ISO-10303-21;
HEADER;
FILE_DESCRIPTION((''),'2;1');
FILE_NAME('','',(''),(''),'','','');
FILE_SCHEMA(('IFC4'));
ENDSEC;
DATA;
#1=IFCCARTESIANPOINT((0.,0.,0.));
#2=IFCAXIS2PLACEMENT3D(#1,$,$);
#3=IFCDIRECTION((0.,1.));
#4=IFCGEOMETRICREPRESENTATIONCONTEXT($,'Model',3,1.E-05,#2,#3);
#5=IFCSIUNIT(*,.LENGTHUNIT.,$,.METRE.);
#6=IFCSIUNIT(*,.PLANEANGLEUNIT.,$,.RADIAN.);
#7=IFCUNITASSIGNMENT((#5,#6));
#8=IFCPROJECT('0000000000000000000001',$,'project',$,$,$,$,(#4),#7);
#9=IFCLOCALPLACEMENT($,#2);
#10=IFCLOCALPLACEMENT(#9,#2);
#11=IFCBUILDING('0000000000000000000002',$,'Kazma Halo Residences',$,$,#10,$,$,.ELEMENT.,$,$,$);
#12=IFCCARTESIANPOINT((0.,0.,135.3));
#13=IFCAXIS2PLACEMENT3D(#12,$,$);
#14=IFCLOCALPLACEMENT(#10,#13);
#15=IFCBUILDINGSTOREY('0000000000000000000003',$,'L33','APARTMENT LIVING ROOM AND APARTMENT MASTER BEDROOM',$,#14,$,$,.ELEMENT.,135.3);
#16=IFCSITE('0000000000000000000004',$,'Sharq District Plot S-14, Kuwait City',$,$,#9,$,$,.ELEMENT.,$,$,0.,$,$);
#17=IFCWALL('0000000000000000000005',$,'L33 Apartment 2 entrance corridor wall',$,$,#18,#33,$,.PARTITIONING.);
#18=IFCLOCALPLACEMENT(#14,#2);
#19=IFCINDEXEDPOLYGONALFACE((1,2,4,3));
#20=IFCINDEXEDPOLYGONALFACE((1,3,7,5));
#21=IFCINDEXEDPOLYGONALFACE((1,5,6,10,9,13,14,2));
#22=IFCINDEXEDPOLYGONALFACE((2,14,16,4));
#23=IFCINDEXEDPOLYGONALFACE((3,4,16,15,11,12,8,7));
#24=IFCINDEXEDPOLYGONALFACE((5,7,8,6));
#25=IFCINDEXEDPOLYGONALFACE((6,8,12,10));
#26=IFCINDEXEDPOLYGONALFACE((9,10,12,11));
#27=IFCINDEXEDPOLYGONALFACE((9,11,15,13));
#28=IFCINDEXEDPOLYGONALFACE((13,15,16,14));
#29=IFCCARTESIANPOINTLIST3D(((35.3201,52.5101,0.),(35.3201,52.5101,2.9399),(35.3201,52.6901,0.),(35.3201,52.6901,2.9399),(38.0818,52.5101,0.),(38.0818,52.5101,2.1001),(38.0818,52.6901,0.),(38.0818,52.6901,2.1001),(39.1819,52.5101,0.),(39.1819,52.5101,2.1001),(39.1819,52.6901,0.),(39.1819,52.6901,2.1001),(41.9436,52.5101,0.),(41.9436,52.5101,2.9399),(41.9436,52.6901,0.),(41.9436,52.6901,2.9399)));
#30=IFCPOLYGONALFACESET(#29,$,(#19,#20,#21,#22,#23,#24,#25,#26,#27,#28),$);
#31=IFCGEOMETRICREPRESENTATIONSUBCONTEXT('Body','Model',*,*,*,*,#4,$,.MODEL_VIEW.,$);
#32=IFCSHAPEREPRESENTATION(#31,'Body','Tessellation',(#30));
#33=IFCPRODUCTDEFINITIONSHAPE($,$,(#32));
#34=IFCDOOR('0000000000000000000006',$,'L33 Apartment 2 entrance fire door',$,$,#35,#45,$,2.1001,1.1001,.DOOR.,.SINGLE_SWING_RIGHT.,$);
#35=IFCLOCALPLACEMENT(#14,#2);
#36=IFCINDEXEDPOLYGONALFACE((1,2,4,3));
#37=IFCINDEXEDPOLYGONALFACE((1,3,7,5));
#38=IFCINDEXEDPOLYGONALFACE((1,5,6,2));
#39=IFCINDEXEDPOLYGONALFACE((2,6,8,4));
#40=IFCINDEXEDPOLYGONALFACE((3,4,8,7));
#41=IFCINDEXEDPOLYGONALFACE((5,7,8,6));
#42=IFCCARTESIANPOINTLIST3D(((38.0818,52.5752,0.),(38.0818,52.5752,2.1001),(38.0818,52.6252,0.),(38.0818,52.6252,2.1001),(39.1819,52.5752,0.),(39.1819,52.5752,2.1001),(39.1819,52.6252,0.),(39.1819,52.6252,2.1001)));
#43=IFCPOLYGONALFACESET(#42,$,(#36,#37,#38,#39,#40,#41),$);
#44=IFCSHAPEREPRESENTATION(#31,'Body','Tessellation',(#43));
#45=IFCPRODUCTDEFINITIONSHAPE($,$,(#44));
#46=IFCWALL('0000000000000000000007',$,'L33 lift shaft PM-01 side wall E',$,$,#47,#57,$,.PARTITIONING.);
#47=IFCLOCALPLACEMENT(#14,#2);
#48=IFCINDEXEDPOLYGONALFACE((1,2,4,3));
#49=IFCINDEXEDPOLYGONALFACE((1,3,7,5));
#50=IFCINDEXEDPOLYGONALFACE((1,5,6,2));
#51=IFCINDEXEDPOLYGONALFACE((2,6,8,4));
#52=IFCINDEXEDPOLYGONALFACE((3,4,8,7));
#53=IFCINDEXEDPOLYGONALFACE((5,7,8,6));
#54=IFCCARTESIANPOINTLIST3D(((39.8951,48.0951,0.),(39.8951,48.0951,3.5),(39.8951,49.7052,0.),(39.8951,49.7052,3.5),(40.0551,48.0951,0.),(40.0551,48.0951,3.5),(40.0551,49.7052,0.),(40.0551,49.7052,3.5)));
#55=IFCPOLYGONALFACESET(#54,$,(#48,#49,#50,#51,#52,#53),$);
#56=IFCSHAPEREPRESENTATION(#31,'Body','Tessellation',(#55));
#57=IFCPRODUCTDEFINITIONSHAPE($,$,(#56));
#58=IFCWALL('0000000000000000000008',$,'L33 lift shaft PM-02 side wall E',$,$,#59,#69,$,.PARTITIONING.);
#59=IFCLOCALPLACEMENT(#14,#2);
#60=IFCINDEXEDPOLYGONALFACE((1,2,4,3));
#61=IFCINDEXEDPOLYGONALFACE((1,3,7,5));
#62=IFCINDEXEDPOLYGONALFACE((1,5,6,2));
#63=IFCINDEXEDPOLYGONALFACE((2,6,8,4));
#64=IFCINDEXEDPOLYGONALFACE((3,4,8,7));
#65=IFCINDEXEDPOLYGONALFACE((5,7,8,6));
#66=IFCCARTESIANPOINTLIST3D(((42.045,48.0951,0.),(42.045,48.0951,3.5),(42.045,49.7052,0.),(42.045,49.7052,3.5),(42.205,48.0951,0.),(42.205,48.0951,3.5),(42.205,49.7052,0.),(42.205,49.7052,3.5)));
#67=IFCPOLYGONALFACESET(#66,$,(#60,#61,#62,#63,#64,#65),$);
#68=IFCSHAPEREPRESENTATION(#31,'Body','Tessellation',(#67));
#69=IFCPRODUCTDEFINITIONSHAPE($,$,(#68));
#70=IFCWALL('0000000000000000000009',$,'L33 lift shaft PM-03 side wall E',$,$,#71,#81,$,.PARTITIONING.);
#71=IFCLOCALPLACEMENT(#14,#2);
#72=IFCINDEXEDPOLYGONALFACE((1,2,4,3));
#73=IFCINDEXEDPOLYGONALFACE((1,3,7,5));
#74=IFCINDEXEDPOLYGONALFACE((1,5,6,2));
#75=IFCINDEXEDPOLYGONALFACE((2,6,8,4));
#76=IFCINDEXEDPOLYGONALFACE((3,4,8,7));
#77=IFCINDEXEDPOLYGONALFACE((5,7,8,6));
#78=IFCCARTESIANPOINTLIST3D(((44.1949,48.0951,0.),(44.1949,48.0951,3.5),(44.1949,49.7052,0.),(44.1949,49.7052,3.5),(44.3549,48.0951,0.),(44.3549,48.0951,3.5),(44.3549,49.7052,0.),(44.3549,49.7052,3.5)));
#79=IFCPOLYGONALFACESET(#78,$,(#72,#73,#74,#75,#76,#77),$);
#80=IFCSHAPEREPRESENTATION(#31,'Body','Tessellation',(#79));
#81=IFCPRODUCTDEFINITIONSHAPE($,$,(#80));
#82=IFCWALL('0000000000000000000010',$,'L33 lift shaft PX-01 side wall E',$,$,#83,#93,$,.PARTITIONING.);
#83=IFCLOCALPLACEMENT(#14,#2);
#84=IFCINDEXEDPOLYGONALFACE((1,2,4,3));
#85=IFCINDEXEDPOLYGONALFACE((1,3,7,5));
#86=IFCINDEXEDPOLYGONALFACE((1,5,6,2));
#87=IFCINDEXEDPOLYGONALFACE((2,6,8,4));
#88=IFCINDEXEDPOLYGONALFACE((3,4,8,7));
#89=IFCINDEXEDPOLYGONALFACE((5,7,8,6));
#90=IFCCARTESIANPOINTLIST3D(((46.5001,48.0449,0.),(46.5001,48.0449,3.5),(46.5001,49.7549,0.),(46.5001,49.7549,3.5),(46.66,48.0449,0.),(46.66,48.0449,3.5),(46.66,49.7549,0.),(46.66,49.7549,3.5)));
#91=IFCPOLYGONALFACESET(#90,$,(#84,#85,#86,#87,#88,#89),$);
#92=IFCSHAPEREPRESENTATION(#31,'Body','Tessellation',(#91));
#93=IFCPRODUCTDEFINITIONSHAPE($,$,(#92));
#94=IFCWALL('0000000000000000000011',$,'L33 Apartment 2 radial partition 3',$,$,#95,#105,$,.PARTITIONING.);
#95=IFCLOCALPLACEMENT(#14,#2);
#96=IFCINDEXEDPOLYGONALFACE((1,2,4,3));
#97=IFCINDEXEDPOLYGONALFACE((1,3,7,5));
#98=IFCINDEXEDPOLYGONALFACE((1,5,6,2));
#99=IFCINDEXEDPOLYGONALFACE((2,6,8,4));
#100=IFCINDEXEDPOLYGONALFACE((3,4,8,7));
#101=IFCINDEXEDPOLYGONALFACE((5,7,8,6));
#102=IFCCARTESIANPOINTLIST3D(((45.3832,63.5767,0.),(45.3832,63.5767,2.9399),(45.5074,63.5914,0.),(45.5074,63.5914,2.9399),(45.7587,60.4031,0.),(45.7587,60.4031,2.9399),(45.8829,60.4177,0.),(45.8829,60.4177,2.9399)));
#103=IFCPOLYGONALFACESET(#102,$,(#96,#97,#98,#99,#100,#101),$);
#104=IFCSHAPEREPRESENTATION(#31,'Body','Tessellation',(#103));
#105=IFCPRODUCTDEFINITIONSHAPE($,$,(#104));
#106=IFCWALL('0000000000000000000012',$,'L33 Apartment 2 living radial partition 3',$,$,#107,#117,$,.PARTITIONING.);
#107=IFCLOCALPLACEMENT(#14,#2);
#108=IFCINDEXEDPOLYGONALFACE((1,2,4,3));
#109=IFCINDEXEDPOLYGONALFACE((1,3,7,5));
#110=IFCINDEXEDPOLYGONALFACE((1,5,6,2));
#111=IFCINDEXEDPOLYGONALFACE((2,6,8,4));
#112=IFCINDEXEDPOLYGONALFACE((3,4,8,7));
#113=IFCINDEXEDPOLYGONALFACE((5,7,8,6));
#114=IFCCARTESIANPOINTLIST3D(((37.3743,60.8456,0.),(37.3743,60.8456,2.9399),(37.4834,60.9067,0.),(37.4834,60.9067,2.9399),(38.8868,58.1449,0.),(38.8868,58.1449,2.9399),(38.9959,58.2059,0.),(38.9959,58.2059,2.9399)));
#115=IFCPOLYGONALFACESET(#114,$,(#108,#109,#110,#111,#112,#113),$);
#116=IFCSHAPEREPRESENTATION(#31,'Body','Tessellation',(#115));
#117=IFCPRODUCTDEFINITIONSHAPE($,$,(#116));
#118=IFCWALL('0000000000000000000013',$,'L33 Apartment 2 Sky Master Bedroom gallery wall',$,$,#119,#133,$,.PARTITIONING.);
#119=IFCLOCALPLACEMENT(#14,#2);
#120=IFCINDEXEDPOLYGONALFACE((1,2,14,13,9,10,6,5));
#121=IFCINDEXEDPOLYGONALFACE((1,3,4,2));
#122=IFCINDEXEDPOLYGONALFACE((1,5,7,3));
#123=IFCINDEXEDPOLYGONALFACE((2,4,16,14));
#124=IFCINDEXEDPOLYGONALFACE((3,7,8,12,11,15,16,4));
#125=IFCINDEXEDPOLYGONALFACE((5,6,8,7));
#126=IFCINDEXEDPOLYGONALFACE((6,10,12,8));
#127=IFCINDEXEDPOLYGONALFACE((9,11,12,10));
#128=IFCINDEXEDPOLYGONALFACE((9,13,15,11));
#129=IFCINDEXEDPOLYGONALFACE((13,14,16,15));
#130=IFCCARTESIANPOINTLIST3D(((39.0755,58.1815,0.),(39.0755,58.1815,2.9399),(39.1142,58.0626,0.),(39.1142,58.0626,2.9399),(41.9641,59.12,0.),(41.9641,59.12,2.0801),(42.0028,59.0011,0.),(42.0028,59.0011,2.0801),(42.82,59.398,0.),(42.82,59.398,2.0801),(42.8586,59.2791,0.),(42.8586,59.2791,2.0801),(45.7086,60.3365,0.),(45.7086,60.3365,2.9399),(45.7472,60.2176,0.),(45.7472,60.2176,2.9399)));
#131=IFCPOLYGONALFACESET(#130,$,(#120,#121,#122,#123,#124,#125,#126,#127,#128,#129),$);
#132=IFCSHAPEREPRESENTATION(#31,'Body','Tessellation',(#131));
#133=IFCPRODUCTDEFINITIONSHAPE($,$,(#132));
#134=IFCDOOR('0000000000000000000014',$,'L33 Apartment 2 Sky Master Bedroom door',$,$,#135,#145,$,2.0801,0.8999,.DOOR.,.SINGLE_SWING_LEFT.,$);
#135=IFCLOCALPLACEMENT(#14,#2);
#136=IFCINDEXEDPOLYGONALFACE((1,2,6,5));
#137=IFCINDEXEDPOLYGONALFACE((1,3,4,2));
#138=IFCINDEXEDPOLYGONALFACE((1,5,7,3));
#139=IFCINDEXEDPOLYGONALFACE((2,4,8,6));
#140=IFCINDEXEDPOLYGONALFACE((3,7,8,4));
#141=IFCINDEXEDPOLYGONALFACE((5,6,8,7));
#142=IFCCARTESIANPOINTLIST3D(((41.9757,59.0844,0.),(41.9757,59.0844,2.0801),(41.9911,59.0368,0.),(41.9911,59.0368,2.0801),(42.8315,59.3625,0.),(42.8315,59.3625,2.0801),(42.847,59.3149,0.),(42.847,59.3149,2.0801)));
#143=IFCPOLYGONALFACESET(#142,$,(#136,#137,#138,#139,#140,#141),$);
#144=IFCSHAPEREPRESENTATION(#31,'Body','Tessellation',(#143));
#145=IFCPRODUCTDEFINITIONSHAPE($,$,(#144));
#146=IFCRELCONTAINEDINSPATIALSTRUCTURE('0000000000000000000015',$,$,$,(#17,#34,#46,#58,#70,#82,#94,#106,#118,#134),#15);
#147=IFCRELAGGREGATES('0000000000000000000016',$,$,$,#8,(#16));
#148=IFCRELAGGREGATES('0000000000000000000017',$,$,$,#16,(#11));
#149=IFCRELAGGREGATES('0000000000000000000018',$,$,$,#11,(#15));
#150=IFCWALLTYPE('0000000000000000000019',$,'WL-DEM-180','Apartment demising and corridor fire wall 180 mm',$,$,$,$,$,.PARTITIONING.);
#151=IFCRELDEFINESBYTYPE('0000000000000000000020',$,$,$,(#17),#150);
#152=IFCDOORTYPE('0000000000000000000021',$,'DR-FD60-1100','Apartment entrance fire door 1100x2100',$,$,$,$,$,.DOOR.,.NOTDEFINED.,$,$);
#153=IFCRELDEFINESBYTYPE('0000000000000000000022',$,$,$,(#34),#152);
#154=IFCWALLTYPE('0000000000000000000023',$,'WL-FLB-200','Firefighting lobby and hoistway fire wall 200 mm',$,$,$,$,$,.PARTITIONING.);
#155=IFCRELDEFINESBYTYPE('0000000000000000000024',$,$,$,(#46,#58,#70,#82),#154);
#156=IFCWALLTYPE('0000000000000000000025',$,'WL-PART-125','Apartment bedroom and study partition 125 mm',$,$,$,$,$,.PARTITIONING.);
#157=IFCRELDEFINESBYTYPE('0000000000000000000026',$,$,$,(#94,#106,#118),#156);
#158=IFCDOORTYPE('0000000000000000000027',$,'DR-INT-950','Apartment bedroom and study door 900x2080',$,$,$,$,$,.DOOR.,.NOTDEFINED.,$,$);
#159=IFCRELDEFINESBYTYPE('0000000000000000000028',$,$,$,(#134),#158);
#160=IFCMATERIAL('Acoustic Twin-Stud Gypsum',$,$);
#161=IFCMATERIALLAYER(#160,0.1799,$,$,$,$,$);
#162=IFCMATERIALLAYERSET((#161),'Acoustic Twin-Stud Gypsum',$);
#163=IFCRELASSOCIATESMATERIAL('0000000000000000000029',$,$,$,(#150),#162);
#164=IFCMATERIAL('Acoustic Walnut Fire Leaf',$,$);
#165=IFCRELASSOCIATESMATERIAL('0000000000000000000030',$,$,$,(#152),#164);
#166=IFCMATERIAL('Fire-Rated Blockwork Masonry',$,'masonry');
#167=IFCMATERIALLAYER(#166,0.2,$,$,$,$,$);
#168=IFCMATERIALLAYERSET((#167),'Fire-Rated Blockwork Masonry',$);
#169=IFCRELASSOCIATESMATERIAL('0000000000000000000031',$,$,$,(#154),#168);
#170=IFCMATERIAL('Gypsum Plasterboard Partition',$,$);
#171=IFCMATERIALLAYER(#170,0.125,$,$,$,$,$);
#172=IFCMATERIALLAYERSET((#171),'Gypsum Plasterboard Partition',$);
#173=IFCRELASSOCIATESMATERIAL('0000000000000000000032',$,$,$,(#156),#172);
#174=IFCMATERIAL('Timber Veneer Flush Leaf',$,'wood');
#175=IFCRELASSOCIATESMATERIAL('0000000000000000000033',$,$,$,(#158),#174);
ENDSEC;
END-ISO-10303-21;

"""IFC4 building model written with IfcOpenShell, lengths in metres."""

from ifc_helpers import new_model, si_unit, direction, frame, frame_2d, origin, place, context, subcontext, project, spatial, rectangle, extrude, material, layer, layer_set, type_object, element, fill, save


model = new_model("IFC4")

# Units and contexts
model_context = context("Model", 3, precision=1e-05, world=origin(), true_north=direction((0.0, 1.0)))
body_context = subcontext(model_context, "Body", "Model", "MODEL_VIEW")
ifc_project = project(units=[si_unit("LENGTHUNIT", "METRE"), si_unit("PLANEANGLEUNIT", "RADIAN")], contexts=[model_context])

# Site, building, storey
site_placement = place(None, origin())
site = spatial("IfcSite", under=ifc_project, at=site_placement, Name="Sharq District Plot S-14, Kuwait City", CompositionType="ELEMENT", RefElevation=0.0)
building_placement = place(site_placement, origin())
building = spatial("IfcBuilding", under=site, at=building_placement, Name="Kazma Halo Residences", CompositionType="ELEMENT")
storey_placement = place(building_placement, frame((0.0, 0.0, 135.3)))
storey = spatial("IfcBuildingStorey", under=building, at=storey_placement, Name="L33", Description="APARTMENT LIVING ROOM AND APARTMENT MASTER BEDROOM", CompositionType="ELEMENT", Elevation=135.3)

# Wall, opening, door
ifc_material_1 = material(Name="Acoustic Twin-Stud Gypsum")
ifc_layer_1 = layer(ifc_material_1, 0.1799)
ifc_layer_set_1 = layer_set([ifc_layer_1], Name="Acoustic Twin-Stud Gypsum")
wall_type_1 = type_object("IfcWallType", Name="WL-DEM-180", Description="Apartment demising and corridor fire wall 180 mm", PredefinedType="PARTITIONING", material=ifc_layer_set_1)
wall_1_placement = place(storey_placement, frame((41.9436, 52.6001, 0.0), z_axis=(0.0, 0.0, 1.0), x_axis=(-1.0, 0.0, 0.0)))
wall_1 = element("IfcWall", 1, at=wall_1_placement, inside=storey, type_object=wall_type_1, Name="L33 Apartment 2 entrance corridor wall", PredefinedType="PARTITIONING", context=body_context, shape_type="SweptSolid", body=[
    extrude(rectangle(XDim=6.6235, YDim=0.1799, at=frame_2d((3.3118, 0.0))), origin(), (0.0, 0.0, 1.0), 2.9399),
])
opening_1_placement = place(wall_1_placement, frame((2.7617, 0.0, 0.0)))
opening_1 = element("IfcOpeningElement", 2, at=opening_1_placement, cuts=wall_1, PredefinedType="OPENING", context=body_context, shape_type="SweptSolid", body=[
    extrude(rectangle(XDim=1.1001, YDim=2.1001, at=frame_2d((0.55, 1.05))), frame((0.0, 0.0999, 0.0), z_axis=(0.0, -1.0, 0.0), x_axis=(1.0, 0.0, 0.0)), (0.0, 0.0, 1.0), 0.2),
])
ifc_material_2 = material(Name="Acoustic Walnut Fire Leaf")
door_type_1 = type_object("IfcDoorType", Name="DR-FD60-1100", Description="Apartment entrance fire door 1100x2100", OperationType="NOTDEFINED", PredefinedType="DOOR", material=ifc_material_2)
door_1_placement = place(opening_1_placement, origin())
door_1 = element("IfcDoor", 3, at=door_1_placement, inside=storey, type_object=door_type_1, Name="L33 Apartment 2 entrance fire door", OperationType="SINGLE_SWING_RIGHT", OverallHeight=2.1001, OverallWidth=1.1001, PredefinedType="DOOR", context=body_context, shape_type="SweptSolid", body=[
    extrude(rectangle(XDim=1.1001, YDim=2.1001, at=frame_2d((0.55, 1.05))), frame((0.0, 0.0249, 0.0), z_axis=(0.0, -1.0, 0.0), x_axis=(1.0, 0.0, 0.0)), (0.0, 0.0, 1.0), 0.05),
])
fill(opening_1, door_1)

# Walls
ifc_material_3 = material(Name="Fire-Rated Blockwork Masonry", Category="masonry")
ifc_layer_2 = layer(ifc_material_3, 0.2)
ifc_layer_set_2 = layer_set([ifc_layer_2], Name="Fire-Rated Blockwork Masonry")
wall_type_2 = type_object("IfcWallType", Name="WL-FLB-200", Description="Firefighting lobby and hoistway fire wall 200 mm", PredefinedType="PARTITIONING", material=ifc_layer_set_2)
for number, where, z_axis, x_axis, name in (
    (4, (39.9751, 48.095, 0.0), (0.0, 0.0, 1.0), (0.0, 1.0, 0.0), "L33 lift shaft PM-01 side wall E"),
    (5, (42.125, 48.095, 0.0), (0.0, 0.0, 1.0), (0.0, 1.0, 0.0), "L33 lift shaft PM-02 side wall E"),
    (6, (44.2749, 48.095, 0.0), (0.0, 0.0, 1.0), (0.0, 1.0, 0.0), "L33 lift shaft PM-03 side wall E"),
):
    element("IfcWall", number, at=place(storey_placement, frame(where, z_axis=z_axis, x_axis=x_axis)), inside=storey, type_object=wall_type_2, Name=name, PredefinedType="PARTITIONING", context=body_context, shape_type="SweptSolid", body=[
        extrude(rectangle(XDim=1.6101, YDim=0.1599, at=frame_2d((0.8052, 0.0))), origin(), (0.0, 0.0, 1.0), 3.5),
    ])
wall_2_placement = place(storey_placement, frame((46.5801, 48.0449, 0.0), z_axis=(0.0, 0.0, 1.0), x_axis=(0.0, 1.0, 0.0)))
element("IfcWall", 7, at=wall_2_placement, inside=storey, type_object=wall_type_2, Name="L33 lift shaft PX-01 side wall E", PredefinedType="PARTITIONING", context=body_context, shape_type="SweptSolid", body=[
    extrude(rectangle(XDim=1.71, YDim=0.1599, at=frame_2d((0.855, 0.0))), origin(), (0.0, 0.0, 1.0), 3.5),
])
ifc_material_4 = material(Name="Gypsum Plasterboard Partition")
ifc_layer_3 = layer(ifc_material_4, 0.125)
ifc_layer_set_3 = layer_set([ifc_layer_3], Name="Gypsum Plasterboard Partition")
wall_type_3 = type_object("IfcWallType", Name="WL-PART-125", Description="Apartment bedroom and study partition 125 mm", PredefinedType="PARTITIONING", material=ifc_layer_set_3)
wall_3_placement = place(storey_placement, frame((45.8208, 60.4104, 0.0), z_axis=(0.0, 0.0, 1.0), x_axis=(-0.117497, 0.993073, 0.0)))
element("IfcWall", 8, at=wall_3_placement, inside=storey, type_object=wall_type_3, Name="L33 Apartment 2 radial partition 3", PredefinedType="PARTITIONING", context=body_context, shape_type="SweptSolid", body=[
    extrude(rectangle(XDim=3.1958, YDim=0.125, at=frame_2d((1.5979, 0.0))), origin(), (0.0, 0.0, 1.0), 2.9399),
])
wall_4_placement = place(storey_placement, frame((38.9414, 58.1753, 0.0), z_axis=(0.0, 0.0, 1.0), x_axis=(-0.48862, 0.872497, 0.0)))
element("IfcWall", 9, at=wall_4_placement, inside=storey, type_object=wall_type_3, Name="L33 Apartment 2 living radial partition 3", PredefinedType="PARTITIONING", context=body_context, shape_type="SweptSolid", body=[
    extrude(rectangle(XDim=3.0955, YDim=0.125, at=frame_2d((1.5479, 0.0))), origin(), (0.0, 0.0, 1.0), 2.9399),
])

# Wall, opening, door
wall_5_placement = place(storey_placement, frame((45.728, 60.2771, 0.0), z_axis=(0.0, 0.0, 1.0), x_axis=(-0.951064, -0.308993, 0.0)))
wall_5 = element("IfcWall", 10, at=wall_5_placement, inside=storey, type_object=wall_type_3, Name="L33 Apartment 2 Sky Master Bedroom gallery wall", PredefinedType="PARTITIONING", context=body_context, shape_type="SweptSolid", body=[
    extrude(rectangle(XDim=6.9744, YDim=0.125, at=frame_2d((3.4873, 0.0))), origin(), (0.0, 0.0, 1.0), 2.9399),
])
opening_2_placement = place(wall_5_placement, frame((3.0374, 0.0, 0.0)))
opening_2 = element("IfcOpeningElement", 11, at=opening_2_placement, cuts=wall_5, PredefinedType="OPENING", context=body_context, shape_type="SweptSolid", body=[
    extrude(rectangle(XDim=0.8999, YDim=2.0801, at=frame_2d((0.45, 1.04))), frame((0.0, 0.0725, 0.0), z_axis=(0.0, -1.0, 0.0), x_axis=(1.0, 0.0, 0.0)), (0.0, 0.0, 1.0), 0.145),
])
ifc_material_5 = material(Name="Timber Veneer Flush Leaf", Category="wood")
door_type_2 = type_object("IfcDoorType", Name="DR-INT-950", Description="Apartment bedroom and study door 900x2080", OperationType="NOTDEFINED", PredefinedType="DOOR", material=ifc_material_5)
door_2_placement = place(opening_2_placement, origin())
door_2 = element("IfcDoor", 12, at=door_2_placement, inside=storey, type_object=door_type_2, Name="L33 Apartment 2 Sky Master Bedroom door", OperationType="SINGLE_SWING_LEFT", OverallHeight=2.0801, OverallWidth=0.8999, PredefinedType="DOOR", context=body_context, shape_type="SweptSolid", body=[
    extrude(rectangle(XDim=0.8999, YDim=2.0801, at=frame_2d((0.45, 1.04))), frame((0.0, 0.0249, 0.0), z_axis=(0.0, -1.0, 0.0), x_axis=(1.0, 0.0, 0.0)), (0.0, 0.0, 1.0), 0.05),
])
fill(opening_2, door_2)

save(model, "model.ifc")
